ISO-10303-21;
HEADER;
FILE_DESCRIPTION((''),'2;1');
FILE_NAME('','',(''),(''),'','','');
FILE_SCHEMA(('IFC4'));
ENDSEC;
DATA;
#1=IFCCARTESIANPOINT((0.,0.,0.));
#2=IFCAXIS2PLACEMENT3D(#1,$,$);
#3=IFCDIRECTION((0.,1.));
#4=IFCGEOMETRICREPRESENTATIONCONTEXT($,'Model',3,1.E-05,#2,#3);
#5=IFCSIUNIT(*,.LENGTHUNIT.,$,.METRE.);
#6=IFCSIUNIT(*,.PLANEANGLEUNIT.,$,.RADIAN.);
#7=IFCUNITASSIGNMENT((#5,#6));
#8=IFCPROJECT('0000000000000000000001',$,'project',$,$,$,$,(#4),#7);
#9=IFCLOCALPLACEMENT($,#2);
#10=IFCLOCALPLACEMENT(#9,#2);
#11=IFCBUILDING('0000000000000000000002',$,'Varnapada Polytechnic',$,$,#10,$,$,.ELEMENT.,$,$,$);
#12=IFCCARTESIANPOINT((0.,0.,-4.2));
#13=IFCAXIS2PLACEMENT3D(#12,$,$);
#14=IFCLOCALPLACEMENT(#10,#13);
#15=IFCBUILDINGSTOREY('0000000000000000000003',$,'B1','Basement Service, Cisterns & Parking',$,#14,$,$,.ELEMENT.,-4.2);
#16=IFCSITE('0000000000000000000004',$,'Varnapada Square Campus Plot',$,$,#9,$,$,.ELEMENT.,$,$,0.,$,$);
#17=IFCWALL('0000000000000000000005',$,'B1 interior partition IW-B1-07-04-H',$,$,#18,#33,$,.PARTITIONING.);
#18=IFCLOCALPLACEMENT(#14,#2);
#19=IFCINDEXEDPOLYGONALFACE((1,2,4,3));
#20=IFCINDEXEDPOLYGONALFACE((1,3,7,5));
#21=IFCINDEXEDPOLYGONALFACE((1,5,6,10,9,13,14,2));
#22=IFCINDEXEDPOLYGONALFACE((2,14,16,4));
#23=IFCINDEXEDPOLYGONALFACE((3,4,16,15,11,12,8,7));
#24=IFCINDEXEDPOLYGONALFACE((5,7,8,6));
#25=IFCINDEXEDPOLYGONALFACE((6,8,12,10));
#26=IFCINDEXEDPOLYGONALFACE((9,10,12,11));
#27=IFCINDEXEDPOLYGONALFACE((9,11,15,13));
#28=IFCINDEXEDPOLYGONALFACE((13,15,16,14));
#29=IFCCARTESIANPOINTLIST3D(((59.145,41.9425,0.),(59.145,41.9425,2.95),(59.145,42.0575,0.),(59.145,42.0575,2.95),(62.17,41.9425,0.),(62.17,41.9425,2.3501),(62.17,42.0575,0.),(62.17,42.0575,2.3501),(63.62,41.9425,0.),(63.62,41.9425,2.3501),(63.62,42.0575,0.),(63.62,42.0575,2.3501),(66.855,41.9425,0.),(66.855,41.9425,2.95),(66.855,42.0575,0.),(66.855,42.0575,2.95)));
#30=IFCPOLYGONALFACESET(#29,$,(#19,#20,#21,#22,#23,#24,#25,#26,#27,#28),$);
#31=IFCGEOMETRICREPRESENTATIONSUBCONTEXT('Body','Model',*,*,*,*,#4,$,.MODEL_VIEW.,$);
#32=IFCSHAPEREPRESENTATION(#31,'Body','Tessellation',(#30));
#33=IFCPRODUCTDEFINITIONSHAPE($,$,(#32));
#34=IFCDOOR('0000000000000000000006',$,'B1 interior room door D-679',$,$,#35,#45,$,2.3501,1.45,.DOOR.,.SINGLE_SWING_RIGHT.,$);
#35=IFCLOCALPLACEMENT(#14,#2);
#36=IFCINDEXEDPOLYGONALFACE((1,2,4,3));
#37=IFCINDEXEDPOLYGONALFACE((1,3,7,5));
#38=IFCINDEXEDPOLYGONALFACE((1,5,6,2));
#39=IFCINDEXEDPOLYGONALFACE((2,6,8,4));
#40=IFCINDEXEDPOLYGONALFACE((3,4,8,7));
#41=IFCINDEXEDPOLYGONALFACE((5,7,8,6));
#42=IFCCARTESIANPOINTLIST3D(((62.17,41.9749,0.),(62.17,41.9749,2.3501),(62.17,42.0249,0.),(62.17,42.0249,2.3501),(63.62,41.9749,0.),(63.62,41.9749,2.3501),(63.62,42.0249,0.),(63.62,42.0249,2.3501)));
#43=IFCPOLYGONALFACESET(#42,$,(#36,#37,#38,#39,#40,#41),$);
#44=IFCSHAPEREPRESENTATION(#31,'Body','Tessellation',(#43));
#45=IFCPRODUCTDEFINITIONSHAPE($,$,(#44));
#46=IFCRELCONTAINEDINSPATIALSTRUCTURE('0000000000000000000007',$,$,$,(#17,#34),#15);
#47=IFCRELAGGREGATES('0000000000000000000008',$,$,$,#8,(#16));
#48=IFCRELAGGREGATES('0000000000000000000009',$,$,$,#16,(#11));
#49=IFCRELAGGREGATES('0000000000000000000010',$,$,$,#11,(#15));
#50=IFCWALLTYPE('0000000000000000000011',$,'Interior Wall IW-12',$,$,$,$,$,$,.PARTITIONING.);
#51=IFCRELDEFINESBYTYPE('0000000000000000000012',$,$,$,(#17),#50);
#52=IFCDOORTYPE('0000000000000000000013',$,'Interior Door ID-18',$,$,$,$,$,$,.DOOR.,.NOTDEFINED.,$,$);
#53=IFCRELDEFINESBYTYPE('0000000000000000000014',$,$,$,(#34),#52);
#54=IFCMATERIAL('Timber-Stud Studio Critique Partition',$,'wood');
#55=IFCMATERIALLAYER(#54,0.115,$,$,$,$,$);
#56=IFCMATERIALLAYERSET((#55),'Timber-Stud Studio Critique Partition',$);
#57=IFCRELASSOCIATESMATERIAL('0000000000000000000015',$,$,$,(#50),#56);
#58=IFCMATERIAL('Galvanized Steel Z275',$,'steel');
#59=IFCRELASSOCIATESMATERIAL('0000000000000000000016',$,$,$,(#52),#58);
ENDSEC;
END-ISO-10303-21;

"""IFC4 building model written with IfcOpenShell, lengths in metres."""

from ifc_helpers import new_model, si_unit, direction, frame, frame_2d, origin, place, context, subcontext, project, spatial, rectangle, extrude, material, layer, layer_set, type_object, element, fill, save


model = new_model("IFC4")

# Units and contexts
model_context = context("Model", 3, precision=1e-05, world=origin(), true_north=direction((0.0, 1.0)))
body_context = subcontext(model_context, "Body", "Model", "MODEL_VIEW")
ifc_project = project(units=[si_unit("LENGTHUNIT", "METRE"), si_unit("PLANEANGLEUNIT", "RADIAN")], contexts=[model_context])

# Site, building, storey
site_placement = place(None, origin())
site = spatial("IfcSite", under=ifc_project, at=site_placement, Name="Varnapada Square Campus Plot", CompositionType="ELEMENT", RefElevation=0.0)
building_placement = place(site_placement, origin())
building = spatial("IfcBuilding", under=site, at=building_placement, Name="Varnapada Polytechnic", CompositionType="ELEMENT")
storey_placement = place(building_placement, frame((0.0, 0.0, -4.2)))
storey = spatial("IfcBuildingStorey", under=building, at=storey_placement, Name="B1", Description="Basement Service, Cisterns & Parking", CompositionType="ELEMENT", Elevation=-4.2)

# Wall, opening, door
ifc_material_1 = material(Name="Timber-Stud Studio Critique Partition", Category="wood")
ifc_layer_1 = layer(ifc_material_1, 0.115)
ifc_layer_set_1 = layer_set([ifc_layer_1], Name="Timber-Stud Studio Critique Partition")
wall_type_1 = type_object("IfcWallType", Name="Interior Wall IW-12", PredefinedType="PARTITIONING", material=ifc_layer_set_1)
wall_1_placement = place(storey_placement, frame((59.145, 42.0, 0.0), z_axis=(0.0, 0.0, 1.0), x_axis=(1.0, 0.0, 0.0)))
wall_1 = element("IfcWall", 1, at=wall_1_placement, inside=storey, type_object=wall_type_1, Name="B1 interior partition IW-B1-07-04-H", PredefinedType="PARTITIONING", context=body_context, shape_type="SweptSolid", body=[
    extrude(rectangle(XDim=7.71, YDim=0.115, at=frame_2d((3.855, 0.0))), origin(), (0.0, 0.0, 1.0), 2.95),
])
opening_1_placement = place(wall_1_placement, frame((3.0249, 0.0, 0.0)))
opening_1 = element("IfcOpeningElement", 2, at=opening_1_placement, cuts=wall_1, PredefinedType="OPENING", context=body_context, shape_type="SweptSolid", body=[
    extrude(rectangle(XDim=1.45, YDim=2.3501, at=frame_2d((0.7251, 1.175))), frame((0.0, 0.0674, 0.0), z_axis=(0.0, -1.0, 0.0), x_axis=(1.0, 0.0, 0.0)), (0.0, 0.0, 1.0), 0.135),
])
ifc_material_2 = material(Name="Galvanized Steel Z275", Category="steel")
door_type_1 = type_object("IfcDoorType", Name="Interior Door ID-18", OperationType="NOTDEFINED", PredefinedType="DOOR", material=ifc_material_2)
door_1_placement = place(opening_1_placement, origin())
door_1 = element("IfcDoor", 3, at=door_1_placement, inside=storey, type_object=door_type_1, Name="B1 interior room door D-679", OperationType="SINGLE_SWING_RIGHT", OverallHeight=2.3501, OverallWidth=1.45, PredefinedType="DOOR", context=body_context, shape_type="SweptSolid", body=[
    extrude(rectangle(XDim=1.45, YDim=2.3501, at=frame_2d((0.7251, 1.175))), frame((0.0, 0.0249, 0.0), z_axis=(0.0, -1.0, 0.0), x_axis=(1.0, 0.0, 0.0)), (0.0, 0.0, 1.0), 0.05),
])
fill(opening_1, door_1)

save(model, "model.ifc")
